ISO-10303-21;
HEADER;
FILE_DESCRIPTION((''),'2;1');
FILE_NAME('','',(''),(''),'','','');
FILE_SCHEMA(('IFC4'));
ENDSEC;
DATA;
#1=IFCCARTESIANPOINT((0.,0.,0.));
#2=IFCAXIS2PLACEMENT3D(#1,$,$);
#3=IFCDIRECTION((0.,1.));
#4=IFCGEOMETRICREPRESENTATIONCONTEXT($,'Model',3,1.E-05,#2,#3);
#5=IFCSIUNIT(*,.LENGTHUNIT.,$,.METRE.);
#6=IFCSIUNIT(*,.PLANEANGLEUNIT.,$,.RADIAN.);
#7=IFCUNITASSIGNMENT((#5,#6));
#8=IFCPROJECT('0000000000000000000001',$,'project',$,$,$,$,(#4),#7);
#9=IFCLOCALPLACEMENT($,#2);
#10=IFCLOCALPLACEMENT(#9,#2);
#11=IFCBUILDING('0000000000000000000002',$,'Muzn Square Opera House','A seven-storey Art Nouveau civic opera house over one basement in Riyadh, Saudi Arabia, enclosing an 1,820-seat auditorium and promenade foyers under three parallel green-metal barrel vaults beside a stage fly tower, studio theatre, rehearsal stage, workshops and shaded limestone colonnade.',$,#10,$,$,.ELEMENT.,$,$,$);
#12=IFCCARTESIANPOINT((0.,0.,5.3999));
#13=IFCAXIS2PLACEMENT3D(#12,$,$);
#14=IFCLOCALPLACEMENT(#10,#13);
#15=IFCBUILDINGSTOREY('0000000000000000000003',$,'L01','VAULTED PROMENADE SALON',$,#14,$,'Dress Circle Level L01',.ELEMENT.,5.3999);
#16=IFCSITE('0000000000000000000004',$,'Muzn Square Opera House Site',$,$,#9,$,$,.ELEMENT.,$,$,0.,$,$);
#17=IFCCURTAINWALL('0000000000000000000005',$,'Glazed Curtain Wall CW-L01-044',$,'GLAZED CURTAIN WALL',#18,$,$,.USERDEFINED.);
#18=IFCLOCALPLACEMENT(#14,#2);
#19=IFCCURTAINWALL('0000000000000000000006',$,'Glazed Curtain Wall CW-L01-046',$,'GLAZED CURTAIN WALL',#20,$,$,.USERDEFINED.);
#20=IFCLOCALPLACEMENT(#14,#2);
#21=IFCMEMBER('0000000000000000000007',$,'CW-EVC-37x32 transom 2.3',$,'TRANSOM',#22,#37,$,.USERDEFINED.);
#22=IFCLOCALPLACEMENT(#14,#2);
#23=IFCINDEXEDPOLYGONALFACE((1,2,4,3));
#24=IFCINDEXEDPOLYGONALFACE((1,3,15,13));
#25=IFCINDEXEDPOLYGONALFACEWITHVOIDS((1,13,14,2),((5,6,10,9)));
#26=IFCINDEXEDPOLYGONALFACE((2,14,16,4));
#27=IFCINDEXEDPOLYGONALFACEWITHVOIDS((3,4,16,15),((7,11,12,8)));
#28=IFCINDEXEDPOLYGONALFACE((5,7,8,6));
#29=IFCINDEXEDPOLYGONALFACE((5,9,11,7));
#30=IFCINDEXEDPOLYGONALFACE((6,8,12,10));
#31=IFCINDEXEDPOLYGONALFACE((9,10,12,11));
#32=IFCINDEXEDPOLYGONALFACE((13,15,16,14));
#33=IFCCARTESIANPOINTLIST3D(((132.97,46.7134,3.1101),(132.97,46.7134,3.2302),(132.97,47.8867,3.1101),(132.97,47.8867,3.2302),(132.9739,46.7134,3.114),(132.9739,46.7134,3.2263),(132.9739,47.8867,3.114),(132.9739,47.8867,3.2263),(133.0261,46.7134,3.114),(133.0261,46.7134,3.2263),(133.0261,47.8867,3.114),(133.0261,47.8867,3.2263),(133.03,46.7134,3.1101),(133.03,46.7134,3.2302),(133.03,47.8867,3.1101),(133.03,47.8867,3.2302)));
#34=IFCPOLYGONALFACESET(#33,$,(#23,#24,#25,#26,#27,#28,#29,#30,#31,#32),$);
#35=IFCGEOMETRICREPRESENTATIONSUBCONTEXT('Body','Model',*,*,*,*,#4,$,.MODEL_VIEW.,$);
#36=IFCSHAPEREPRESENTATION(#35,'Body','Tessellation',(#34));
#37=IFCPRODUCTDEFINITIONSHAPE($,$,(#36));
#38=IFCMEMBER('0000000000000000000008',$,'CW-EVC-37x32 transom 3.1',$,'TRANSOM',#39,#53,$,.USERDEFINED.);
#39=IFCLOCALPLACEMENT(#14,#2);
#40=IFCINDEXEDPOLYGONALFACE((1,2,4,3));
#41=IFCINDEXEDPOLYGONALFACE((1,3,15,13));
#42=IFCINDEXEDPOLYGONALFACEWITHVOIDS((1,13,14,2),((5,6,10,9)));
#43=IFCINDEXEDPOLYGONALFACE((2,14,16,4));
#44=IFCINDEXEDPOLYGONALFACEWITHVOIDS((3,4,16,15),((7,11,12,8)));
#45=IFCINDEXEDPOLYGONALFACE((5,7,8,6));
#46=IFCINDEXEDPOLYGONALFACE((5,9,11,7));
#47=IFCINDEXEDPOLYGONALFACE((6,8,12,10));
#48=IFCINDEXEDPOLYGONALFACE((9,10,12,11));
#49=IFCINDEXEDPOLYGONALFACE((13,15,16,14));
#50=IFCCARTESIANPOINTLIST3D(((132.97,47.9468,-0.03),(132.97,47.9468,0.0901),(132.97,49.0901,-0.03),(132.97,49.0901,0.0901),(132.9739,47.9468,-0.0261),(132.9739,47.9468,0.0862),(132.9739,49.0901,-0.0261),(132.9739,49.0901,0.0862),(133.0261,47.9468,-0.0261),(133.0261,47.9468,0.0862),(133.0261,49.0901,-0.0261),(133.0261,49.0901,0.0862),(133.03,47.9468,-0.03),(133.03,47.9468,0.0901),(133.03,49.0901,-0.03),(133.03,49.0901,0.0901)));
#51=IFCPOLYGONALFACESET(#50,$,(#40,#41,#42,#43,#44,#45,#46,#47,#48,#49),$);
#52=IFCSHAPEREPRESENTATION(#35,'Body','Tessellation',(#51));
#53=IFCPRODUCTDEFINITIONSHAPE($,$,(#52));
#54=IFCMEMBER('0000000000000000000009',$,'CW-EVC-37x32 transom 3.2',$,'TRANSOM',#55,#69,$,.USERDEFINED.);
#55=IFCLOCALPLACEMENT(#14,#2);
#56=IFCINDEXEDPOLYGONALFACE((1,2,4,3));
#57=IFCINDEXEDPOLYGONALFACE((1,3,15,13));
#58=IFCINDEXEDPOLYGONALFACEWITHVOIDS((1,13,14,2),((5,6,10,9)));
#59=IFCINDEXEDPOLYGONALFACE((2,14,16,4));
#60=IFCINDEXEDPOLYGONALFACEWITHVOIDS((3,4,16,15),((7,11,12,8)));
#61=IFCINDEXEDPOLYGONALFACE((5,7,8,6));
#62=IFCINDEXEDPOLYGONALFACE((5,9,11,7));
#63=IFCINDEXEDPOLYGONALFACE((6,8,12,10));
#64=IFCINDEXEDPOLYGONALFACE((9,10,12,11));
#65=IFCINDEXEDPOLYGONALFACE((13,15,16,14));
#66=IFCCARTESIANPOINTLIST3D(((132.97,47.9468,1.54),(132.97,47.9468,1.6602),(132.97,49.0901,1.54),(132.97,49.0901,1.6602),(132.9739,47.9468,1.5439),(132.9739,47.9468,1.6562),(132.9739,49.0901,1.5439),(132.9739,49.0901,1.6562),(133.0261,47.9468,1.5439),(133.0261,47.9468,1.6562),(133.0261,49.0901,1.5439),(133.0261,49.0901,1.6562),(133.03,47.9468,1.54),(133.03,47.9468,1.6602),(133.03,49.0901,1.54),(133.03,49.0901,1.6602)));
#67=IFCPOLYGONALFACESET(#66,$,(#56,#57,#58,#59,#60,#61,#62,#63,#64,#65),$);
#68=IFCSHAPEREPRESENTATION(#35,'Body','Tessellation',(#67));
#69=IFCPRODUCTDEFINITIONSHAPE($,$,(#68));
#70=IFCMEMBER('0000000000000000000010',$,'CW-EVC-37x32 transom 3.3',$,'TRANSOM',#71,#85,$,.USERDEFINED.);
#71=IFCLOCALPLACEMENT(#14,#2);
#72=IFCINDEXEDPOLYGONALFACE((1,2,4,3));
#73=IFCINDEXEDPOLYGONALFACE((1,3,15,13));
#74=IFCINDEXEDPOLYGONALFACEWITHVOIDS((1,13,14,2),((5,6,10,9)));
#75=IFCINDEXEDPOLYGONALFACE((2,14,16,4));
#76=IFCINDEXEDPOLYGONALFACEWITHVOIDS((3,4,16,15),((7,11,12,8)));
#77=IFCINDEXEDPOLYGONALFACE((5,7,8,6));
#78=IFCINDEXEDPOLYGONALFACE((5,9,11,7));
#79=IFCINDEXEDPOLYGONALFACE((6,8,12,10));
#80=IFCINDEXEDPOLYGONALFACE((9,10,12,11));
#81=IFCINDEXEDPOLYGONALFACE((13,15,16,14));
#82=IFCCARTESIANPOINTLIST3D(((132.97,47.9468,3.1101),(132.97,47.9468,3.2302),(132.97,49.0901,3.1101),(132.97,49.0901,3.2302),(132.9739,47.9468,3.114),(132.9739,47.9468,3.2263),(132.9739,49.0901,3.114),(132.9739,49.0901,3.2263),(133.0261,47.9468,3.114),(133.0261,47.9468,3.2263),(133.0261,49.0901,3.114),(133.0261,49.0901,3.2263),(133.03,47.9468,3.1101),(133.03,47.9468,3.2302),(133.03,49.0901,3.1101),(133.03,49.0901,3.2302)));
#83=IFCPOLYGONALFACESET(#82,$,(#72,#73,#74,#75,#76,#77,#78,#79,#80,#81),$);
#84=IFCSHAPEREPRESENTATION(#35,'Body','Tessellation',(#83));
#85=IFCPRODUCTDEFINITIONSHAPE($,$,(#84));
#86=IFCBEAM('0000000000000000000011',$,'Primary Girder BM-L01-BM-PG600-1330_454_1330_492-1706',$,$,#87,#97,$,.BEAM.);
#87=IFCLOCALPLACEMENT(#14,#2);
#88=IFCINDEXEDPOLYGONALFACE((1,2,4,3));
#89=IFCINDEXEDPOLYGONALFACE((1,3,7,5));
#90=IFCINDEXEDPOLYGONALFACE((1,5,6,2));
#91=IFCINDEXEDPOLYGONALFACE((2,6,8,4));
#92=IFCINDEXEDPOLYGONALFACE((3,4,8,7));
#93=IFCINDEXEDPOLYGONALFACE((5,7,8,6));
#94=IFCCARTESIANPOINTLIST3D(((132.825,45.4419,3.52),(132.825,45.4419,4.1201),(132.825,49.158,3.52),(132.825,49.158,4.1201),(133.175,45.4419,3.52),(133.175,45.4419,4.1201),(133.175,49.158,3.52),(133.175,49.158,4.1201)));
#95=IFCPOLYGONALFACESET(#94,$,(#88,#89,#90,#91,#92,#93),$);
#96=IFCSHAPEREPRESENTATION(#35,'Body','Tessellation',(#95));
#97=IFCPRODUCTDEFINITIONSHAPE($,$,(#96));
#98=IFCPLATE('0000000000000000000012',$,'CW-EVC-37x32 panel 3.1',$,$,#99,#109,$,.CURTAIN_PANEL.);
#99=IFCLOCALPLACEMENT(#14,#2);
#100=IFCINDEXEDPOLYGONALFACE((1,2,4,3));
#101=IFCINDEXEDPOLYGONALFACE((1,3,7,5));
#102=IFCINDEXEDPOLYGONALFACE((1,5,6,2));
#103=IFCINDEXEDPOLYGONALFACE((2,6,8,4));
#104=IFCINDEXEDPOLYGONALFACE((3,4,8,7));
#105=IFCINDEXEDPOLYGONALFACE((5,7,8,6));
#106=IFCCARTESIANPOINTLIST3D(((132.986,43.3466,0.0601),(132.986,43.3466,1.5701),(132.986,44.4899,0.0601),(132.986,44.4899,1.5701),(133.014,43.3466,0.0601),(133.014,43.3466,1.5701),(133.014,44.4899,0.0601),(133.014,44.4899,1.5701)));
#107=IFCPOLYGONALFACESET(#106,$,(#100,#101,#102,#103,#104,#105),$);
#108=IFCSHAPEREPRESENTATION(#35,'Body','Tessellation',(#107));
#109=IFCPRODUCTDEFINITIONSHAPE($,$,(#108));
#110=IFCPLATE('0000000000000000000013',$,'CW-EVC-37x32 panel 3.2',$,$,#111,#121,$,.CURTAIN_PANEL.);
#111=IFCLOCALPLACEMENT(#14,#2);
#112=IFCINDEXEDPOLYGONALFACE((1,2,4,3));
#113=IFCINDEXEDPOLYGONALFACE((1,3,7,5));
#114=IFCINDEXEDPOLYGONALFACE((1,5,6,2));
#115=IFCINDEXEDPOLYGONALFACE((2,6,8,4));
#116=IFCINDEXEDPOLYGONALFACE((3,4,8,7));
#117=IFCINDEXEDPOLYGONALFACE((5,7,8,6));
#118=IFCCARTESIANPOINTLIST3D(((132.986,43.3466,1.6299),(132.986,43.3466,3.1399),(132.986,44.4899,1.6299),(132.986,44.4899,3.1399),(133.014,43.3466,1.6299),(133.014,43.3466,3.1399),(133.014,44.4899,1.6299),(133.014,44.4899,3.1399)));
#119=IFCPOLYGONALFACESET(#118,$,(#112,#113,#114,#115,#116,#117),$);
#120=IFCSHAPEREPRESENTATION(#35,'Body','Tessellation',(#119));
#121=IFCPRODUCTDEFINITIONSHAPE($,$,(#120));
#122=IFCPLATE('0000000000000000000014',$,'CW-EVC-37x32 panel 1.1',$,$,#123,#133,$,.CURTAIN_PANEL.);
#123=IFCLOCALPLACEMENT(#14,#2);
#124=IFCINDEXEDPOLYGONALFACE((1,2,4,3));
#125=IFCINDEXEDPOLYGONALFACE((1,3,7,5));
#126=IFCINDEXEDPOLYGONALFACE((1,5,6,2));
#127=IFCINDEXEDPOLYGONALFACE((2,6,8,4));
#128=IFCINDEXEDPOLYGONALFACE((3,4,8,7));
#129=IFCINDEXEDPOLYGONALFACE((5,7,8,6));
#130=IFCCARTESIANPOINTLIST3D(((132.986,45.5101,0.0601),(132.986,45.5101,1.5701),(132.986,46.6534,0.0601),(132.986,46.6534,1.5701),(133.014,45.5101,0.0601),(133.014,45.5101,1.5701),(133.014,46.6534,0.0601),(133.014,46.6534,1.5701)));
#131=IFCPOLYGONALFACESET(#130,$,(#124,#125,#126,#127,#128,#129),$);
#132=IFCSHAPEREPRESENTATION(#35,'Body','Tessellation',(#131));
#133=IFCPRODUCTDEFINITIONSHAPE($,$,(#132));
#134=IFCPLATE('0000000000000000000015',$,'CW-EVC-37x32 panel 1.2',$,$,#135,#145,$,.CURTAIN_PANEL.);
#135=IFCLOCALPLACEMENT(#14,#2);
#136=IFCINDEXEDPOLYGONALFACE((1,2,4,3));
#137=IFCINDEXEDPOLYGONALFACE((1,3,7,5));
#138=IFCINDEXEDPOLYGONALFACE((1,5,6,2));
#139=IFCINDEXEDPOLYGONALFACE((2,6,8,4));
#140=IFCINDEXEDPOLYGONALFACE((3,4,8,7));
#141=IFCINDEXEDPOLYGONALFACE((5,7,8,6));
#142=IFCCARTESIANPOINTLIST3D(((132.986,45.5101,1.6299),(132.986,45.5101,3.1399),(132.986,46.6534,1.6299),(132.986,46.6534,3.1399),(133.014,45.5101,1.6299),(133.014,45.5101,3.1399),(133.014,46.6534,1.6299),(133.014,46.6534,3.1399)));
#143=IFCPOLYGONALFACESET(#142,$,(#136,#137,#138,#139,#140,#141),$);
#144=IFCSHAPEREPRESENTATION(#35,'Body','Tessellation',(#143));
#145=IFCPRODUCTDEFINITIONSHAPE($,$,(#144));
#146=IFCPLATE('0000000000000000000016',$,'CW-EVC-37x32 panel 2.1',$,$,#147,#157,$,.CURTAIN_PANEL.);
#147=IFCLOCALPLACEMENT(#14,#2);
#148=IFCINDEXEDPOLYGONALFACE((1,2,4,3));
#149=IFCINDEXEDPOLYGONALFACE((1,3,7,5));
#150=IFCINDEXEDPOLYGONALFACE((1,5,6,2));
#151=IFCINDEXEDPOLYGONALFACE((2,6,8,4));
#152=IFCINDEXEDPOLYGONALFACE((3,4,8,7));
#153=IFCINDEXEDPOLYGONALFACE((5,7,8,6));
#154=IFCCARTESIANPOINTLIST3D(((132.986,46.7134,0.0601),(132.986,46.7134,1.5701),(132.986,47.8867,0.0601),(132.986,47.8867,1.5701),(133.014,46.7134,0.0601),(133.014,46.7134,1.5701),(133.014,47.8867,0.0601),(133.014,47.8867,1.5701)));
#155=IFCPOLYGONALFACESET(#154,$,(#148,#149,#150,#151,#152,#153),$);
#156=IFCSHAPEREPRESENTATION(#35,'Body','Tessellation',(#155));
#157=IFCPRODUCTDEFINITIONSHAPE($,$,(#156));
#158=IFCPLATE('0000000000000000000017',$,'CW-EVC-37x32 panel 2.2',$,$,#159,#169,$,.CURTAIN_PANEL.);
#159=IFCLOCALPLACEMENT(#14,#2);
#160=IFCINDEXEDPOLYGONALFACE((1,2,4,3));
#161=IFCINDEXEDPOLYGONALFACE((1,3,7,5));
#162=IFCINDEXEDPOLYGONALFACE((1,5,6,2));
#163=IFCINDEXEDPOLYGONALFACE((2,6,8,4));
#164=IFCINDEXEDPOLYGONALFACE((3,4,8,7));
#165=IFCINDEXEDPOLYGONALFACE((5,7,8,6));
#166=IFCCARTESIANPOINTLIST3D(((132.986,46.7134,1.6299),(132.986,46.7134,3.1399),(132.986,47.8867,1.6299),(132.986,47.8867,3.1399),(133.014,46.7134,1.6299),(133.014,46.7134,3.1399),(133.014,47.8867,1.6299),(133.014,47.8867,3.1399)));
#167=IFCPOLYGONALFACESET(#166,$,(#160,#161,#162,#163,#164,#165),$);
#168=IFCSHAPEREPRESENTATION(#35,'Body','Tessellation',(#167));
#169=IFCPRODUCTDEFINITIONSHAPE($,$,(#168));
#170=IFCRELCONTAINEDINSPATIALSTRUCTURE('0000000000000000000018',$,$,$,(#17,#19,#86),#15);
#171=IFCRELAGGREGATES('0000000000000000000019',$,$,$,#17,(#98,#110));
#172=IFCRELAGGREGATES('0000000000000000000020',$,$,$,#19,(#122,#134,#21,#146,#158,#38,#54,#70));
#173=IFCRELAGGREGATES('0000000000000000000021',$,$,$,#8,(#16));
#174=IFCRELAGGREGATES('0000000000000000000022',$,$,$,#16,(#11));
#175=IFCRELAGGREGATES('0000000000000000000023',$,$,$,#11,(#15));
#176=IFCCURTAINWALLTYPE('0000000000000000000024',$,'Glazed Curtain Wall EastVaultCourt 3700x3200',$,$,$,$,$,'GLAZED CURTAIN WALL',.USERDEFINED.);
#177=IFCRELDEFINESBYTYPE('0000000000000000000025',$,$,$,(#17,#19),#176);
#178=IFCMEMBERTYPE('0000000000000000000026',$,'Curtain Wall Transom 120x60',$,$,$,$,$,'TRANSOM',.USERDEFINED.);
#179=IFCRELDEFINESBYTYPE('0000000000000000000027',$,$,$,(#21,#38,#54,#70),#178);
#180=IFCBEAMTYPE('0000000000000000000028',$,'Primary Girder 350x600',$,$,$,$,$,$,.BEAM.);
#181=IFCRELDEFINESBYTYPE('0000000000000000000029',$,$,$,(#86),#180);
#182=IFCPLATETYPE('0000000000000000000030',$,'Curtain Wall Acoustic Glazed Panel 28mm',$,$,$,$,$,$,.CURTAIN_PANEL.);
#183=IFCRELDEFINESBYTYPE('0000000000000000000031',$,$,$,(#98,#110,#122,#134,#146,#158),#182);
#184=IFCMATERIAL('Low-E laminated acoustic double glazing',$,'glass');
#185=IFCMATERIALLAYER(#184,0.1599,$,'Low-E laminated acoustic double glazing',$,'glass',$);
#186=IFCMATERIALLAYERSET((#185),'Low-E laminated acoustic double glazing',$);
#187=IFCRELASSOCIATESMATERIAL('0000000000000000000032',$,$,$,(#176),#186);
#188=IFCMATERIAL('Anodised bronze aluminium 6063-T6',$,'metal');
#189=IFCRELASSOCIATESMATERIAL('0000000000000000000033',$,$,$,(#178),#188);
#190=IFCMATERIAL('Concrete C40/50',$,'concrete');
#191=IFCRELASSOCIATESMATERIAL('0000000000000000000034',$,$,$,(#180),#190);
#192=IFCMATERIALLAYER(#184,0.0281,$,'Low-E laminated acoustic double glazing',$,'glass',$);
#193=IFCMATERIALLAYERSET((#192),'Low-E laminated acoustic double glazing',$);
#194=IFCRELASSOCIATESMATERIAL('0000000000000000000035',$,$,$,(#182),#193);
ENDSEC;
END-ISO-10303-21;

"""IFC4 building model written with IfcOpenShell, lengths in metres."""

from ifc_helpers import new_model, si_unit, direction, frame, origin, origin_2d, place, context, subcontext, project, spatial, rectangle, hollow_rectangle, extrude, material, layer, layer_set, material_profile, profile_set, type_object, element, aggregate, save


model = new_model("IFC4")

# Units and contexts
model_context = context("Model", 3, precision=1e-05, world=origin(), true_north=direction((0.0, 1.0)))
body_context = subcontext(model_context, "Body", "Model", "MODEL_VIEW")
ifc_project = project(units=[si_unit("LENGTHUNIT", "METRE"), si_unit("PLANEANGLEUNIT", "RADIAN")], contexts=[model_context])

# Site, building, storey
site_placement = place(None, origin())
site = spatial("IfcSite", under=ifc_project, at=site_placement, Name="Muzn Square Opera House Site", CompositionType="ELEMENT", RefElevation=0.0)
building_placement = place(site_placement, origin())
building = spatial("IfcBuilding", under=site, at=building_placement, Name="Muzn Square Opera House", Description="A seven-storey Art Nouveau civic opera house over one basement in Riyadh, Saudi Arabia, enclosing an 1,820-seat auditorium and promenade foyers under three parallel green-metal barrel vaults beside a stage fly tower, studio theatre, rehearsal stage, workshops and shaded limestone colonnade.", CompositionType="ELEMENT")
storey_placement = place(building_placement, frame((0.0, 0.0, 5.3999)))
storey = spatial("IfcBuildingStorey", under=building, at=storey_placement, Name="L01", Description="VAULTED PROMENADE SALON", LongName="Dress Circle Level L01", CompositionType="ELEMENT", Elevation=5.3999)

# Curtain wall
ifc_material_1 = material(Name="Low-E laminated acoustic double glazing", Category="glass")
ifc_layer_1 = layer(ifc_material_1, 0.1599, Name="Low-E laminated acoustic double glazing", Category="glass")
ifc_layer_set_1 = layer_set([ifc_layer_1], Name="Low-E laminated acoustic double glazing")
curtain_wall_type = type_object("IfcCurtainWallType", Name="Glazed Curtain Wall EastVaultCourt 3700x3200", ElementType="GLAZED CURTAIN WALL", PredefinedType="USERDEFINED", material=ifc_layer_set_1)
curtain_wall_1_placement = place(storey_placement, origin())
curtain_wall_1 = element("IfcCurtainWall", 1, at=curtain_wall_1_placement, inside=storey, type_object=curtain_wall_type, Name="Glazed Curtain Wall CW-L01-044", ObjectType="GLAZED CURTAIN WALL", PredefinedType="USERDEFINED")
ifc_material_2 = material(Name="Anodised bronze aluminium 6063-T6", Category="metal")

# Curtain wall
curtain_wall_2_placement = place(storey_placement, origin())
curtain_wall_2 = element("IfcCurtainWall", 2, at=curtain_wall_2_placement, inside=storey, type_object=curtain_wall_type, Name="Glazed Curtain Wall CW-L01-046", ObjectType="GLAZED CURTAIN WALL", PredefinedType="USERDEFINED")

# Members
ifc_material_profile_1 = material_profile(ifc_material_2, hollow_rectangle(XDim=0.0601, YDim=0.1201, WallThickness=0.0039, at=origin_2d()), Name="ALU 120x60x4", Category="metal")
ifc_profile_set_1 = profile_set([ifc_material_profile_1], Name="Anodised bronze aluminium 6063-T6")
member_type_1 = type_object("IfcMemberType", Name="Curtain Wall Transom 120x60", ElementType="TRANSOM", PredefinedType="USERDEFINED", material=ifc_profile_set_1)
member_1_placement = place(storey_placement, frame((133.0, 46.7134, 3.1702), z_axis=(0.0, 1.0, 0.0), x_axis=(-1.0, 0.0, 0.0)))
member_1 = element("IfcMember", 3, at=member_1_placement, type_object=member_type_1, Name="CW-EVC-37x32 transom 2.3", ObjectType="TRANSOM", PredefinedType="USERDEFINED", context=body_context, shape_type="SweptSolid", body=[
    extrude(hollow_rectangle(XDim=0.0601, YDim=0.1201, WallThickness=0.0039, at=origin_2d()), origin(), (0.0, 0.0, 1.0), 1.1733),
])
member_2_placement = place(storey_placement, frame((133.0, 47.9468, 0.03), z_axis=(0.0, 1.0, 0.0), x_axis=(-1.0, 0.0, 0.0)))
member_2 = element("IfcMember", 4, at=member_2_placement, type_object=member_type_1, Name="CW-EVC-37x32 transom 3.1", ObjectType="TRANSOM", PredefinedType="USERDEFINED", context=body_context, shape_type="SweptSolid", body=[
    extrude(hollow_rectangle(XDim=0.0601, YDim=0.1201, WallThickness=0.0039, at=origin_2d()), origin(), (0.0, 0.0, 1.0), 1.1433),
])
member_3_placement = place(storey_placement, frame((133.0, 47.9468, 1.6001), z_axis=(0.0, 1.0, 0.0), x_axis=(-1.0, 0.0, 0.0)))
member_3 = element("IfcMember", 5, at=member_3_placement, type_object=member_type_1, Name="CW-EVC-37x32 transom 3.2", ObjectType="TRANSOM", PredefinedType="USERDEFINED", context=body_context, shape_type="SweptSolid", body=[
    extrude(hollow_rectangle(XDim=0.0601, YDim=0.1201, WallThickness=0.0039, at=origin_2d()), origin(), (0.0, 0.0, 1.0), 1.1433),
])
member_4_placement = place(storey_placement, frame((133.0, 47.9468, 3.1702), z_axis=(0.0, 1.0, 0.0), x_axis=(-1.0, 0.0, 0.0)))
member_4 = element("IfcMember", 6, at=member_4_placement, type_object=member_type_1, Name="CW-EVC-37x32 transom 3.3", ObjectType="TRANSOM", PredefinedType="USERDEFINED", context=body_context, shape_type="SweptSolid", body=[
    extrude(hollow_rectangle(XDim=0.0601, YDim=0.1201, WallThickness=0.0039, at=origin_2d()), origin(), (0.0, 0.0, 1.0), 1.1433),
])

# Beam
ifc_material_3 = material(Name="Concrete C40/50", Category="concrete")
ifc_material_profile_2 = material_profile(ifc_material_3, rectangle(XDim=0.3501, YDim=0.6001, at=origin_2d()), Name="RCB 350x600", Category="concrete")
ifc_profile_set_2 = profile_set([ifc_material_profile_2], Name="Concrete C40/50")
beam_type = type_object("IfcBeamType", Name="Primary Girder 350x600", PredefinedType="BEAM", material=ifc_profile_set_2)
beam_placement = place(storey_placement, frame((133.0, 45.4419, 3.8201), z_axis=(0.0, 1.0, 0.0), x_axis=(-1.0, 0.0, 0.0)))
element("IfcBeam", 7, at=beam_placement, inside=storey, type_object=beam_type, Name="Primary Girder BM-L01-BM-PG600-1330_454_1330_492-1706", PredefinedType="BEAM", context=body_context, shape_type="SweptSolid", body=[
    extrude(rectangle(XDim=0.3501, YDim=0.6001, at=origin_2d()), origin(), (0.0, 0.0, 1.0), 3.7161),
])

# Plates
ifc_layer_2 = layer(ifc_material_1, 0.0281, Name="Low-E laminated acoustic double glazing", Category="glass")
ifc_layer_set_2 = layer_set([ifc_layer_2], Name="Low-E laminated acoustic double glazing")
plate_type = type_object("IfcPlateType", Name="Curtain Wall Acoustic Glazed Panel 28mm", PredefinedType="CURTAIN_PANEL", material=ifc_layer_set_2)
plate_1_placement = place(storey_placement, frame((133.0, 43.9182, 0.0601), z_axis=(0.0, 0.0, 1.0), x_axis=(0.0, 1.0, 0.0)))
plate_1 = element("IfcPlate", 8, at=plate_1_placement, type_object=plate_type, Name="CW-EVC-37x32 panel 3.1", PredefinedType="CURTAIN_PANEL", context=body_context, shape_type="SweptSolid", body=[
    extrude(rectangle(XDim=1.1433, YDim=0.0281, at=origin_2d()), origin(), (0.0, 0.0, 1.0), 1.51),
])
plate_2_placement = place(storey_placement, frame((133.0, 43.9182, 1.6299), z_axis=(0.0, 0.0, 1.0), x_axis=(0.0, 1.0, 0.0)))
plate_2 = element("IfcPlate", 9, at=plate_2_placement, type_object=plate_type, Name="CW-EVC-37x32 panel 3.2", PredefinedType="CURTAIN_PANEL", context=body_context, shape_type="SweptSolid", body=[
    extrude(rectangle(XDim=1.1433, YDim=0.0281, at=origin_2d()), origin(), (0.0, 0.0, 1.0), 1.51),
])
aggregate(curtain_wall_1, [plate_1, plate_2])
plate_3_placement = place(storey_placement, frame((133.0, 46.0818, 0.0601), z_axis=(0.0, 0.0, 1.0), x_axis=(0.0, 1.0, 0.0)))
plate_3 = element("IfcPlate", 10, at=plate_3_placement, type_object=plate_type, Name="CW-EVC-37x32 panel 1.1", PredefinedType="CURTAIN_PANEL", context=body_context, shape_type="SweptSolid", body=[
    extrude(rectangle(XDim=1.1433, YDim=0.0281, at=origin_2d()), origin(), (0.0, 0.0, 1.0), 1.51),
])
plate_4_placement = place(storey_placement, frame((133.0, 46.0818, 1.6299), z_axis=(0.0, 0.0, 1.0), x_axis=(0.0, 1.0, 0.0)))
plate_4 = element("IfcPlate", 11, at=plate_4_placement, type_object=plate_type, Name="CW-EVC-37x32 panel 1.2", PredefinedType="CURTAIN_PANEL", context=body_context, shape_type="SweptSolid", body=[
    extrude(rectangle(XDim=1.1433, YDim=0.0281, at=origin_2d()), origin(), (0.0, 0.0, 1.0), 1.51),
])
plate_5_placement = place(storey_placement, frame((133.0, 47.3, 0.0601), z_axis=(0.0, 0.0, 1.0), x_axis=(0.0, 1.0, 0.0)))
plate_5 = element("IfcPlate", 12, at=plate_5_placement, type_object=plate_type, Name="CW-EVC-37x32 panel 2.1", PredefinedType="CURTAIN_PANEL", context=body_context, shape_type="SweptSolid", body=[
    extrude(rectangle(XDim=1.1733, YDim=0.0281, at=origin_2d()), origin(), (0.0, 0.0, 1.0), 1.51),
])
plate_6_placement = place(storey_placement, frame((133.0, 47.3, 1.6299), z_axis=(0.0, 0.0, 1.0), x_axis=(0.0, 1.0, 0.0)))
plate_6 = element("IfcPlate", 13, at=plate_6_placement, type_object=plate_type, Name="CW-EVC-37x32 panel 2.2", PredefinedType="CURTAIN_PANEL", context=body_context, shape_type="SweptSolid", body=[
    extrude(rectangle(XDim=1.1733, YDim=0.0281, at=origin_2d()), origin(), (0.0, 0.0, 1.0), 1.51),
])
aggregate(curtain_wall_2, [plate_3, plate_4, member_1, plate_5, plate_6, member_2, member_3, member_4])

save(model, "model.ifc")
